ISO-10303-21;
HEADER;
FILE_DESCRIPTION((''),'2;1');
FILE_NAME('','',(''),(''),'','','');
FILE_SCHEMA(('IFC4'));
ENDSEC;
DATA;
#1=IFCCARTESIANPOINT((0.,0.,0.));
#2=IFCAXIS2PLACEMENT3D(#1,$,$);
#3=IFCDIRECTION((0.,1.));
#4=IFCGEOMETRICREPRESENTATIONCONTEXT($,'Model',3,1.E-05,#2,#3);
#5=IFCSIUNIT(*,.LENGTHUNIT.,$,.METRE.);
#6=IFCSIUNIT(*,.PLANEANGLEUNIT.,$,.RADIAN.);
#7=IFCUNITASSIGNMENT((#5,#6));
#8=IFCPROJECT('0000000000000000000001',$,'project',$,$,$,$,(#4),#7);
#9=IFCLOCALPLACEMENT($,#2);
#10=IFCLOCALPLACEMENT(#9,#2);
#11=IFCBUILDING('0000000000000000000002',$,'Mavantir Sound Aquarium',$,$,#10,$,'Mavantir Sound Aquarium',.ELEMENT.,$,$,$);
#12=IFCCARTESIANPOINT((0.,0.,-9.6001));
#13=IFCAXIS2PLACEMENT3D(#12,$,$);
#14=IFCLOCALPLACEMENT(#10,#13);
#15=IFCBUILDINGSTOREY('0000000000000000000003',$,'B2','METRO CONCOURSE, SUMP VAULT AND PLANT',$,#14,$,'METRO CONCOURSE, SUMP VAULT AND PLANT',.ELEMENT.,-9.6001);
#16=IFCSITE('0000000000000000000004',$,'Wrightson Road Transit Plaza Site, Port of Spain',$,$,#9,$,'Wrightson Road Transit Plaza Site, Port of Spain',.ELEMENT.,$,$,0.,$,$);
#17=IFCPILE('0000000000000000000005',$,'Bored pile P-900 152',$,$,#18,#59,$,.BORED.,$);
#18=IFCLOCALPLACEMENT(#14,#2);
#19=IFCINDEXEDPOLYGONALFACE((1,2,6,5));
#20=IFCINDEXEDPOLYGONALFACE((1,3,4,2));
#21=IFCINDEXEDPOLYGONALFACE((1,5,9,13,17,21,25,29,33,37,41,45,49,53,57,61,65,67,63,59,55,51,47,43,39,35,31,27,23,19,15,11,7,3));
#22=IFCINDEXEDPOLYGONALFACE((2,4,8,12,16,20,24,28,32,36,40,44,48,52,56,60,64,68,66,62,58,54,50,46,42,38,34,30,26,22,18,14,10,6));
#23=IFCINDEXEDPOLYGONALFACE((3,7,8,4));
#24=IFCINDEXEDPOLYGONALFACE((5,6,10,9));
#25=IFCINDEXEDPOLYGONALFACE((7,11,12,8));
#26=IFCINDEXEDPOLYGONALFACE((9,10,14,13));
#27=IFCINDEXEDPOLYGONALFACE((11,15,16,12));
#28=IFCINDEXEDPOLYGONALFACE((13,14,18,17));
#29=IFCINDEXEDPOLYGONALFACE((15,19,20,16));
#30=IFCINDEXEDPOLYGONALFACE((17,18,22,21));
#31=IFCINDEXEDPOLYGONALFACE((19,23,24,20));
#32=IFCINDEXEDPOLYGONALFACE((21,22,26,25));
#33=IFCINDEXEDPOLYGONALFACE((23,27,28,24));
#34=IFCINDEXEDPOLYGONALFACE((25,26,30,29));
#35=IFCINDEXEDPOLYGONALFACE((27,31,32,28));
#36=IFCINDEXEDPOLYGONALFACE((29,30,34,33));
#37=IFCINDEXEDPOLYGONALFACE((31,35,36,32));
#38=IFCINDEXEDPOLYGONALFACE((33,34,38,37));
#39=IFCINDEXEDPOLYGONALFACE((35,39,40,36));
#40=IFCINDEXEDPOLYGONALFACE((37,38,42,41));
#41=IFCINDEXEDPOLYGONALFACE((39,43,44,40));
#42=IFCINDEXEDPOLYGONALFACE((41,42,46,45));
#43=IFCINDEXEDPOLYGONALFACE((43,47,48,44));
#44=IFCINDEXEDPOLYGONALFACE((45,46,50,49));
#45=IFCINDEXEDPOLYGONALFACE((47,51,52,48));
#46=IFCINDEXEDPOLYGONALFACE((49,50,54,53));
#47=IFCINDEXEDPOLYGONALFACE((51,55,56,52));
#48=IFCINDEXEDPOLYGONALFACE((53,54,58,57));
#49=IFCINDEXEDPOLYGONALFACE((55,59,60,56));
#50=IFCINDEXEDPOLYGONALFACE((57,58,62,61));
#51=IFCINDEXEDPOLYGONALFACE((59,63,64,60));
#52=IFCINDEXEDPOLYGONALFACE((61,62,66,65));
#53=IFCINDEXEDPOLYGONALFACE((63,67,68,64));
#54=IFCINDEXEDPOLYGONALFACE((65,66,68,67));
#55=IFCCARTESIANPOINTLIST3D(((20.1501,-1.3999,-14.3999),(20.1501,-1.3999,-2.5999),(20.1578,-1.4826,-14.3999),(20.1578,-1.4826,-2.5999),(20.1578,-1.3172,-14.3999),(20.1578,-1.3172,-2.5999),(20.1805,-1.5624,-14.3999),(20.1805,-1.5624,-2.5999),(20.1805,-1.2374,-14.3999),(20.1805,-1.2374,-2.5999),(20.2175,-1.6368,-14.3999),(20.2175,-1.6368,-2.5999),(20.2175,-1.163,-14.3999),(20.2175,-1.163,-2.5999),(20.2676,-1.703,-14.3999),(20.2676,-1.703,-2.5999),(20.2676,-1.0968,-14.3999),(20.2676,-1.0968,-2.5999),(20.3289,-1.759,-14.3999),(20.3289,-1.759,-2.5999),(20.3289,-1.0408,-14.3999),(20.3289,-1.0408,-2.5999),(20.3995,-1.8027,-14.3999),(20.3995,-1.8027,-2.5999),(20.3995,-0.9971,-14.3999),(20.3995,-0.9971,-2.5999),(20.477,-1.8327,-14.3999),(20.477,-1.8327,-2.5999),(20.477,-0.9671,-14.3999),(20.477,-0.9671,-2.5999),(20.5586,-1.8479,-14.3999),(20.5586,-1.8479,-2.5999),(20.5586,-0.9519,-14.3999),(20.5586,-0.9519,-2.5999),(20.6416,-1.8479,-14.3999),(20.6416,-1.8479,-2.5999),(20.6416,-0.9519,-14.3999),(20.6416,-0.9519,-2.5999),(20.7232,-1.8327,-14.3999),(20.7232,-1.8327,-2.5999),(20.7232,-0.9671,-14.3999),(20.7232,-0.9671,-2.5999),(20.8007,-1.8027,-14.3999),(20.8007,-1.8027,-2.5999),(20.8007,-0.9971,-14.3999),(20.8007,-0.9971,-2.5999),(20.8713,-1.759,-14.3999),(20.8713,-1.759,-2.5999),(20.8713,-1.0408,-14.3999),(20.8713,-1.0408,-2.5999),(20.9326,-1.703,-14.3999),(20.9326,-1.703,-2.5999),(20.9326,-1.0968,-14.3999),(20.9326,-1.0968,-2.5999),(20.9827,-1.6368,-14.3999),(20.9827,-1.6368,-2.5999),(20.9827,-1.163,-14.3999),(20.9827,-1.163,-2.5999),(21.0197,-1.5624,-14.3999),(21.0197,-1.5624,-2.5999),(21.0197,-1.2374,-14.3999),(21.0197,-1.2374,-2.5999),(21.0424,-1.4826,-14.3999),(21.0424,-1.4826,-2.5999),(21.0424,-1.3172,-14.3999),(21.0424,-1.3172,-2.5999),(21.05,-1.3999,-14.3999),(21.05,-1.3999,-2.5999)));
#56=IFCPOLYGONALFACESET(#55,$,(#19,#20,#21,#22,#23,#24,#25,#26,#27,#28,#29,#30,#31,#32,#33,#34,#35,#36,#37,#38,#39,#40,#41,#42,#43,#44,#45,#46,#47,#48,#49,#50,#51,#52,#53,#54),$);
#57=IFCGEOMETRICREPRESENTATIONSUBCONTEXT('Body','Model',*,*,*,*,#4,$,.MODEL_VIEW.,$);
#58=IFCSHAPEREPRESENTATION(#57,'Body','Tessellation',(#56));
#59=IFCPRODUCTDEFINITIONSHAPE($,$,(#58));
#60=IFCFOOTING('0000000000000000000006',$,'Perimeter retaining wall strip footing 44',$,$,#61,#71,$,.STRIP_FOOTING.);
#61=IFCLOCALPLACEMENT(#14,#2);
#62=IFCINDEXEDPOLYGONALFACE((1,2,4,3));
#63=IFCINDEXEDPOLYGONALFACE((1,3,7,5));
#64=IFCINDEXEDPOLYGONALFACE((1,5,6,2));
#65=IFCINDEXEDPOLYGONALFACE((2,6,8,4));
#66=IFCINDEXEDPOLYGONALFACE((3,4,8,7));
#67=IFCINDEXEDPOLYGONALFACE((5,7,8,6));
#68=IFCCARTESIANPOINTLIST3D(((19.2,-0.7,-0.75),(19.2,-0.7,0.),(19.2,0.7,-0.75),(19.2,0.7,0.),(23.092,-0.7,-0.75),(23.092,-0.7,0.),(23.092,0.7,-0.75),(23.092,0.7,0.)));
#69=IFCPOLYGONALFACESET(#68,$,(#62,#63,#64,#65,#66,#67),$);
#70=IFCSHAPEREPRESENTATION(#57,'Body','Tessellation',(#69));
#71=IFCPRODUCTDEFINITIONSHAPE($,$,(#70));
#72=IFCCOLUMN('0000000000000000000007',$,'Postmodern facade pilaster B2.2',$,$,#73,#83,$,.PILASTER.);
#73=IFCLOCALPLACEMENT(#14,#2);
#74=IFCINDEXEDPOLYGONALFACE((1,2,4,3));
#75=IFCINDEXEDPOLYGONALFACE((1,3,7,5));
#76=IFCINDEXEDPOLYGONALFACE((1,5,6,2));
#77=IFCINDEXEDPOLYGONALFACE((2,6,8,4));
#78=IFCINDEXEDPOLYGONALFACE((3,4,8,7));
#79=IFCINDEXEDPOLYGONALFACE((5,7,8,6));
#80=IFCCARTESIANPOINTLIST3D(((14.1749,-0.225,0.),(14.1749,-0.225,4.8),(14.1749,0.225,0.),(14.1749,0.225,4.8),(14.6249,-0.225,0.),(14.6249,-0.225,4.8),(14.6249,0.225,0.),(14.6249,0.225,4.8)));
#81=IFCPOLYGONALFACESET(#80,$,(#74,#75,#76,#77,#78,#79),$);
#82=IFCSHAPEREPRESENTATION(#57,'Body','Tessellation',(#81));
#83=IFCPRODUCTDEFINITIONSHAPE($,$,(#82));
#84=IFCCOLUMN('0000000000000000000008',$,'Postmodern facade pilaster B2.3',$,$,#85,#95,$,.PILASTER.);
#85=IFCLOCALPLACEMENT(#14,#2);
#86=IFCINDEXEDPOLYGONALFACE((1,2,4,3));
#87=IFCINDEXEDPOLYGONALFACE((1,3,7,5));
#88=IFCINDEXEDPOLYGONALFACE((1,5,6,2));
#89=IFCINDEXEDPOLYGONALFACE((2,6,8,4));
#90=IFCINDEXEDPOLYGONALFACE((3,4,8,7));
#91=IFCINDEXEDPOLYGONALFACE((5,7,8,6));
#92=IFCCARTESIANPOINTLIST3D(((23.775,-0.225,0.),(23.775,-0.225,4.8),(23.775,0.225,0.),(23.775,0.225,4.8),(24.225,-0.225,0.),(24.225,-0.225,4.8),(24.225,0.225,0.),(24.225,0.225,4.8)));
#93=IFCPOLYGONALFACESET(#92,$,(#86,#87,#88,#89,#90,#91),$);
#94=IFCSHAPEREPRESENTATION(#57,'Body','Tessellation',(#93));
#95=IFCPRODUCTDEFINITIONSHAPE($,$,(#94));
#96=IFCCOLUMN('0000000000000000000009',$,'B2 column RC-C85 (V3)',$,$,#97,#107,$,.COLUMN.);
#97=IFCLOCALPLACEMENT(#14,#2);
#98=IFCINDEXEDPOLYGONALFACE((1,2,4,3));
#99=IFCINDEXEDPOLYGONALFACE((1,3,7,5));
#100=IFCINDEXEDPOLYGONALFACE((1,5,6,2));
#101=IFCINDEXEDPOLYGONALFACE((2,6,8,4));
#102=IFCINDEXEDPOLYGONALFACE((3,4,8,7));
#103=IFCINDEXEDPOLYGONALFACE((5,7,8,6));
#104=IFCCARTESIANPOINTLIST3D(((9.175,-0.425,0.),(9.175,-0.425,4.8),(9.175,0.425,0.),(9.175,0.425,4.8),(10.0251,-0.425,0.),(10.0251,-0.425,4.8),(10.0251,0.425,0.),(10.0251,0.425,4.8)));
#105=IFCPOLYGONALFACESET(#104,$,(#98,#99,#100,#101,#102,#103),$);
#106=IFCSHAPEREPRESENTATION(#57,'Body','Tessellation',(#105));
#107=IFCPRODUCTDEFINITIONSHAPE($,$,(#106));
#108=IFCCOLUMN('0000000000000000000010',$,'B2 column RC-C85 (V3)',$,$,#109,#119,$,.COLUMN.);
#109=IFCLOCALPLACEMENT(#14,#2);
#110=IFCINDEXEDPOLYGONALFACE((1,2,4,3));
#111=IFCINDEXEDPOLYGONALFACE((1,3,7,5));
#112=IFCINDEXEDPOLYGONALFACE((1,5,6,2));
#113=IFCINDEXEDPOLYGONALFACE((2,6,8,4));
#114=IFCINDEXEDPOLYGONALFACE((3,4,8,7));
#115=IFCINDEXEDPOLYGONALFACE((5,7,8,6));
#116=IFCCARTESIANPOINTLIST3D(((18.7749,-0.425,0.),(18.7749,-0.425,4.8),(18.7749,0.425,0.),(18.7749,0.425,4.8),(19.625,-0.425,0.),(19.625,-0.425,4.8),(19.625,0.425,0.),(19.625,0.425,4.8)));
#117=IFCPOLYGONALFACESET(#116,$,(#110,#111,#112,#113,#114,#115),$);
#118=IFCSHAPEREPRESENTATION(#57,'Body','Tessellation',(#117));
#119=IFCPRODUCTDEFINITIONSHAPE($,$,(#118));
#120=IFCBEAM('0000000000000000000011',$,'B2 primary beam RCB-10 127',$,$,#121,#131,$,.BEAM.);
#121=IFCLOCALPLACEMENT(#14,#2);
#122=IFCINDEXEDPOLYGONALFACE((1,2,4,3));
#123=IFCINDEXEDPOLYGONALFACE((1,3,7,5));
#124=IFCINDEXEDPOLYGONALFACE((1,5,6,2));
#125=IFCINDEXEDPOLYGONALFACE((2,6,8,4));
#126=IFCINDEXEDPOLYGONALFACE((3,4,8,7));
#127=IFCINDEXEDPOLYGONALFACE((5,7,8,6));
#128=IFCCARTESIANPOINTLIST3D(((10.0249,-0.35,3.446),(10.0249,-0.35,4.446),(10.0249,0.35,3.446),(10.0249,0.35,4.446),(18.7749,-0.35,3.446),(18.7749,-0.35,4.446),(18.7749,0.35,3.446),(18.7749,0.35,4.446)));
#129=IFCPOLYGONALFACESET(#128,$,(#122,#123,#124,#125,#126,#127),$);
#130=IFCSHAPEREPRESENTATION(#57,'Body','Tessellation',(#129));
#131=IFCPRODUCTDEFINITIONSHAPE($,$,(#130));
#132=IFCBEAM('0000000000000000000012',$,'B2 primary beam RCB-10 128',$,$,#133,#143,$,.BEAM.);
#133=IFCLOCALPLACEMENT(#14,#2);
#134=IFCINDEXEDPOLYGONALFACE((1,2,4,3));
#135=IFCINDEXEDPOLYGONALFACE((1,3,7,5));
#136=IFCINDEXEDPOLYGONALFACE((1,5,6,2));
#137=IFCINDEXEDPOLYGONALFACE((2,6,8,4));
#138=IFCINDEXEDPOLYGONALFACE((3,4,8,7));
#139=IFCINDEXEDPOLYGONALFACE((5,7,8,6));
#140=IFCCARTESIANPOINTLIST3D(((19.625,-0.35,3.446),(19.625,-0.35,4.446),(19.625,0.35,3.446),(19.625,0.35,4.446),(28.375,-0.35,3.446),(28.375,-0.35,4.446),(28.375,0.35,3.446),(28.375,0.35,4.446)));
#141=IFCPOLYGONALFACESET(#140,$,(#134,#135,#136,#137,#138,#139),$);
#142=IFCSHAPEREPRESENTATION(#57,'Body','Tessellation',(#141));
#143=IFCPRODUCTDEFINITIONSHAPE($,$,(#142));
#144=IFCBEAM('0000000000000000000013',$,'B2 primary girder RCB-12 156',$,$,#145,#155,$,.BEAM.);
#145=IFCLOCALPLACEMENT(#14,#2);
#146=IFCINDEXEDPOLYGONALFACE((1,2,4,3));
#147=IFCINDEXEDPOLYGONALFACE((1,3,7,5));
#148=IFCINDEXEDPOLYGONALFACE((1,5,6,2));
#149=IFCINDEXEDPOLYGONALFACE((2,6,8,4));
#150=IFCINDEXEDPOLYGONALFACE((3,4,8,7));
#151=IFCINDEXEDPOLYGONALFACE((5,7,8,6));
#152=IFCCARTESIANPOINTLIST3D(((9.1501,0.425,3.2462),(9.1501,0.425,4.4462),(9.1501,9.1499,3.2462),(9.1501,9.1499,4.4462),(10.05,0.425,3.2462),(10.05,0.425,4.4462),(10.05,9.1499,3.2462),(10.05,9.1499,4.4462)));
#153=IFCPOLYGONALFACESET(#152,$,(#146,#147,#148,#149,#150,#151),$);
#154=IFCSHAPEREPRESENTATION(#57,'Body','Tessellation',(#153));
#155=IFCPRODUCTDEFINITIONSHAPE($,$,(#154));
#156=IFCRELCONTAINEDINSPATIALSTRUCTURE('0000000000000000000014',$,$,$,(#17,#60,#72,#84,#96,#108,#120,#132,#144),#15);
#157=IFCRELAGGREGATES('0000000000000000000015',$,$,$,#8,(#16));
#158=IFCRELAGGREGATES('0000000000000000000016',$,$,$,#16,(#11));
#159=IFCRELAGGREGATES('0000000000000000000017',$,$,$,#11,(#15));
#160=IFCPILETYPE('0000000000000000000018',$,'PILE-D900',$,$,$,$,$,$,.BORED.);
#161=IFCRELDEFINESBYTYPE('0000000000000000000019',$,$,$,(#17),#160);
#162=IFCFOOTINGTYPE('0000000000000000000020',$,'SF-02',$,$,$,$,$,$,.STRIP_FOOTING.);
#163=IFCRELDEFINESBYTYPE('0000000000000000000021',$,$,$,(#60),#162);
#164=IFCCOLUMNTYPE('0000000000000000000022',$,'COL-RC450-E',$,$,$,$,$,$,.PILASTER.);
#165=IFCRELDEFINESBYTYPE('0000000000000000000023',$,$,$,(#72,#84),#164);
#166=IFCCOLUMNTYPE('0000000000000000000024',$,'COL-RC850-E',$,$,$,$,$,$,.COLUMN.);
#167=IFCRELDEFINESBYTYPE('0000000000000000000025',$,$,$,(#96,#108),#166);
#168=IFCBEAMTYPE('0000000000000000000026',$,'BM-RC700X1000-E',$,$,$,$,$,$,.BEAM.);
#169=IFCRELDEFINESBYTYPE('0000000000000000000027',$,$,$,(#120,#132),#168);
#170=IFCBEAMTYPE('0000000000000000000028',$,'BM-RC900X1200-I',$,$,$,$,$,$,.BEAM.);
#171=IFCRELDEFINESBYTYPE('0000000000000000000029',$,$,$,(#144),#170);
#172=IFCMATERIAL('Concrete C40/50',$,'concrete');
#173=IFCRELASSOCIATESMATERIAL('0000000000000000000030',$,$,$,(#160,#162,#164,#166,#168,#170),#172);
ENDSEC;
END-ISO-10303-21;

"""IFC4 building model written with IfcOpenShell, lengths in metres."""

from ifc_helpers import new_model, si_unit, direction, frame, origin, origin_2d, place, context, subcontext, project, spatial, rectangle, circle, extrude, material, material_profile, profile_set, type_object, element, save


model = new_model("IFC4")

# Units and contexts
model_context = context("Model", 3, precision=1e-05, world=origin(), true_north=direction((0.0, 1.0)))
body_context = subcontext(model_context, "Body", "Model", "MODEL_VIEW")
ifc_project = project(units=[si_unit("LENGTHUNIT", "METRE"), si_unit("PLANEANGLEUNIT", "RADIAN")], contexts=[model_context])

# Site, building, storey
site_placement = place(None, origin())
site = spatial("IfcSite", under=ifc_project, at=site_placement, Name="Wrightson Road Transit Plaza Site, Port of Spain", LongName="Wrightson Road Transit Plaza Site, Port of Spain", CompositionType="ELEMENT", RefElevation=0.0)
building_placement = place(site_placement, origin())
building = spatial("IfcBuilding", under=site, at=building_placement, Name="Mavantir Sound Aquarium", LongName="Mavantir Sound Aquarium", CompositionType="ELEMENT")
storey_placement = place(building_placement, frame((0.0, 0.0, -9.6001)))
storey = spatial("IfcBuildingStorey", under=building, at=storey_placement, Name="B2", Description="METRO CONCOURSE, SUMP VAULT AND PLANT", LongName="METRO CONCOURSE, SUMP VAULT AND PLANT", CompositionType="ELEMENT", Elevation=-9.6001)

# Shared definitions
ifc_material_1 = material(Name="Concrete C40/50", Category="concrete")

# Pile
ifc_material_profile_1 = material_profile(ifc_material_1, circle(Radius=0.45, at=origin_2d()), Name="PILE D900")
ifc_profile_set_1 = profile_set([ifc_material_profile_1], Name="Concrete C40/50")
pile_type = type_object("IfcPileType", Name="PILE-D900", PredefinedType="BORED", material=ifc_profile_set_1)
for number, where, z_axis, x_axis, name in (
    (1, (20.6001, -1.3999, -2.5999), (0.0, 0.0, -1.0), (1.0, 0.0, 0.0), "Bored pile P-900 152"),
):
    element("IfcPile", number, at=place(storey_placement, frame(where, z_axis=z_axis, x_axis=x_axis)), inside=storey, type_object=pile_type, Name=name, PredefinedType="BORED", context=body_context, shape_type="SweptSolid", body=[
        extrude(circle(Radius=0.45, at=origin_2d()), origin(), (0.0, 0.0, 1.0), 11.8),
    ])

# Footing
ifc_material_profile_2 = material_profile(ifc_material_1, rectangle(XDim=1.3999, YDim=0.75, at=origin_2d()), Name="RC 1400X750")
ifc_profile_set_2 = profile_set([ifc_material_profile_2], Name="Concrete C40/50")
footing_type_1 = type_object("IfcFootingType", Name="SF-02", PredefinedType="STRIP_FOOTING", material=ifc_profile_set_2)
footing_1_placement = place(storey_placement, frame((23.092, 0.0, -0.375), z_axis=(-1.0, 0.0, 0.0), x_axis=(0.0, -1.0, 0.0)))
element("IfcFooting", 2, at=footing_1_placement, inside=storey, type_object=footing_type_1, Name="Perimeter retaining wall strip footing 44", PredefinedType="STRIP_FOOTING", context=body_context, shape_type="SweptSolid", body=[
    extrude(rectangle(XDim=1.3999, YDim=0.75, at=origin_2d()), origin(), (0.0, 0.0, 1.0), 3.8921),
])

# Columns
ifc_material_profile_3 = material_profile(ifc_material_1, rectangle(XDim=0.45, YDim=0.45, at=origin_2d()), Name="RC 450X450")
ifc_profile_set_3 = profile_set([ifc_material_profile_3], Name="Concrete C40/50")
column_type_1 = type_object("IfcColumnType", Name="COL-RC450-E", PredefinedType="PILASTER", material=ifc_profile_set_3)
for number, where, z_axis, x_axis, name in (
    (3, (14.3999, 0.0, 0.0), (0.0, 0.0, 1.0), (1.0, 0.0, 0.0), "Postmodern facade pilaster B2.2"),
    (4, (24.0, 0.0, 0.0), (0.0, 0.0, 1.0), (1.0, 0.0, 0.0), "Postmodern facade pilaster B2.3"),
):
    element("IfcColumn", number, at=place(storey_placement, frame(where, z_axis=z_axis, x_axis=x_axis)), inside=storey, type_object=column_type_1, Name=name, PredefinedType="PILASTER", context=body_context, shape_type="SweptSolid", body=[
        extrude(rectangle(XDim=0.45, YDim=0.45, at=origin_2d()), origin(), (0.0, 0.0, 1.0), 4.8),
    ])
ifc_material_profile_4 = material_profile(ifc_material_1, rectangle(XDim=0.8501, YDim=0.8501, at=origin_2d()), Name="RC 850X850")
ifc_profile_set_4 = profile_set([ifc_material_profile_4], Name="Concrete C40/50")
column_type_2 = type_object("IfcColumnType", Name="COL-RC850-E", PredefinedType="COLUMN", material=ifc_profile_set_4)
for number, where, z_axis, x_axis, name in (
    (5, (9.6001, 0.0, 0.0), (0.0, 0.0, 1.0), (1.0, 0.0, 0.0), "B2 column RC-C85 (V3)"),
    (6, (19.2, 0.0, 0.0), (0.0, 0.0, 1.0), (1.0, 0.0, 0.0), "B2 column RC-C85 (V3)"),
):
    element("IfcColumn", number, at=place(storey_placement, frame(where, z_axis=z_axis, x_axis=x_axis)), inside=storey, type_object=column_type_2, Name=name, PredefinedType="COLUMN", context=body_context, shape_type="SweptSolid", body=[
        extrude(rectangle(XDim=0.8501, YDim=0.8501, at=origin_2d()), origin(), (0.0, 0.0, 1.0), 4.8),
    ])

# Beams
ifc_material_profile_5 = material_profile(ifc_material_1, rectangle(XDim=0.7, YDim=1.0, at=origin_2d()), Name="RC 700X1000")
ifc_profile_set_5 = profile_set([ifc_material_profile_5], Name="Concrete C40/50")
beam_type_1 = type_object("IfcBeamType", Name="BM-RC700X1000-E", PredefinedType="BEAM", material=ifc_profile_set_5)
for number, where, z_axis, x_axis, name in (
    (7, (10.0249, 0.0, 3.946), (1.0, 0.0, 0.0), (0.0, 1.0, 0.0), "B2 primary beam RCB-10 127"),
    (8, (19.625, 0.0, 3.946), (1.0, 0.0, 0.0), (0.0, 1.0, 0.0), "B2 primary beam RCB-10 128"),
):
    element("IfcBeam", number, at=place(storey_placement, frame(where, z_axis=z_axis, x_axis=x_axis)), inside=storey, type_object=beam_type_1, Name=name, PredefinedType="BEAM", context=body_context, shape_type="SweptSolid", body=[
        extrude(rectangle(XDim=0.7, YDim=1.0, at=origin_2d()), origin(), (0.0, 0.0, 1.0), 8.75),
    ])
ifc_material_profile_6 = material_profile(ifc_material_1, rectangle(XDim=0.8999, YDim=1.2, at=origin_2d()), Name="RC 900X1200")
ifc_profile_set_6 = profile_set([ifc_material_profile_6], Name="Concrete C40/50")
beam_type_2 = type_object("IfcBeamType", Name="BM-RC900X1200-I", PredefinedType="BEAM", material=ifc_profile_set_6)
beam_1_placement = place(storey_placement, frame((9.6001, 0.425, 3.8462), z_axis=(0.0, 1.0, 0.0), x_axis=(-1.0, 0.0, 0.0)))
element("IfcBeam", 9, at=beam_1_placement, inside=storey, type_object=beam_type_2, Name="B2 primary girder RCB-12 156", PredefinedType="BEAM", context=body_context, shape_type="SweptSolid", body=[
    extrude(rectangle(XDim=0.8999, YDim=1.2, at=origin_2d()), origin(), (0.0, 0.0, 1.0), 8.7249),
])

save(model, "model.ifc")
